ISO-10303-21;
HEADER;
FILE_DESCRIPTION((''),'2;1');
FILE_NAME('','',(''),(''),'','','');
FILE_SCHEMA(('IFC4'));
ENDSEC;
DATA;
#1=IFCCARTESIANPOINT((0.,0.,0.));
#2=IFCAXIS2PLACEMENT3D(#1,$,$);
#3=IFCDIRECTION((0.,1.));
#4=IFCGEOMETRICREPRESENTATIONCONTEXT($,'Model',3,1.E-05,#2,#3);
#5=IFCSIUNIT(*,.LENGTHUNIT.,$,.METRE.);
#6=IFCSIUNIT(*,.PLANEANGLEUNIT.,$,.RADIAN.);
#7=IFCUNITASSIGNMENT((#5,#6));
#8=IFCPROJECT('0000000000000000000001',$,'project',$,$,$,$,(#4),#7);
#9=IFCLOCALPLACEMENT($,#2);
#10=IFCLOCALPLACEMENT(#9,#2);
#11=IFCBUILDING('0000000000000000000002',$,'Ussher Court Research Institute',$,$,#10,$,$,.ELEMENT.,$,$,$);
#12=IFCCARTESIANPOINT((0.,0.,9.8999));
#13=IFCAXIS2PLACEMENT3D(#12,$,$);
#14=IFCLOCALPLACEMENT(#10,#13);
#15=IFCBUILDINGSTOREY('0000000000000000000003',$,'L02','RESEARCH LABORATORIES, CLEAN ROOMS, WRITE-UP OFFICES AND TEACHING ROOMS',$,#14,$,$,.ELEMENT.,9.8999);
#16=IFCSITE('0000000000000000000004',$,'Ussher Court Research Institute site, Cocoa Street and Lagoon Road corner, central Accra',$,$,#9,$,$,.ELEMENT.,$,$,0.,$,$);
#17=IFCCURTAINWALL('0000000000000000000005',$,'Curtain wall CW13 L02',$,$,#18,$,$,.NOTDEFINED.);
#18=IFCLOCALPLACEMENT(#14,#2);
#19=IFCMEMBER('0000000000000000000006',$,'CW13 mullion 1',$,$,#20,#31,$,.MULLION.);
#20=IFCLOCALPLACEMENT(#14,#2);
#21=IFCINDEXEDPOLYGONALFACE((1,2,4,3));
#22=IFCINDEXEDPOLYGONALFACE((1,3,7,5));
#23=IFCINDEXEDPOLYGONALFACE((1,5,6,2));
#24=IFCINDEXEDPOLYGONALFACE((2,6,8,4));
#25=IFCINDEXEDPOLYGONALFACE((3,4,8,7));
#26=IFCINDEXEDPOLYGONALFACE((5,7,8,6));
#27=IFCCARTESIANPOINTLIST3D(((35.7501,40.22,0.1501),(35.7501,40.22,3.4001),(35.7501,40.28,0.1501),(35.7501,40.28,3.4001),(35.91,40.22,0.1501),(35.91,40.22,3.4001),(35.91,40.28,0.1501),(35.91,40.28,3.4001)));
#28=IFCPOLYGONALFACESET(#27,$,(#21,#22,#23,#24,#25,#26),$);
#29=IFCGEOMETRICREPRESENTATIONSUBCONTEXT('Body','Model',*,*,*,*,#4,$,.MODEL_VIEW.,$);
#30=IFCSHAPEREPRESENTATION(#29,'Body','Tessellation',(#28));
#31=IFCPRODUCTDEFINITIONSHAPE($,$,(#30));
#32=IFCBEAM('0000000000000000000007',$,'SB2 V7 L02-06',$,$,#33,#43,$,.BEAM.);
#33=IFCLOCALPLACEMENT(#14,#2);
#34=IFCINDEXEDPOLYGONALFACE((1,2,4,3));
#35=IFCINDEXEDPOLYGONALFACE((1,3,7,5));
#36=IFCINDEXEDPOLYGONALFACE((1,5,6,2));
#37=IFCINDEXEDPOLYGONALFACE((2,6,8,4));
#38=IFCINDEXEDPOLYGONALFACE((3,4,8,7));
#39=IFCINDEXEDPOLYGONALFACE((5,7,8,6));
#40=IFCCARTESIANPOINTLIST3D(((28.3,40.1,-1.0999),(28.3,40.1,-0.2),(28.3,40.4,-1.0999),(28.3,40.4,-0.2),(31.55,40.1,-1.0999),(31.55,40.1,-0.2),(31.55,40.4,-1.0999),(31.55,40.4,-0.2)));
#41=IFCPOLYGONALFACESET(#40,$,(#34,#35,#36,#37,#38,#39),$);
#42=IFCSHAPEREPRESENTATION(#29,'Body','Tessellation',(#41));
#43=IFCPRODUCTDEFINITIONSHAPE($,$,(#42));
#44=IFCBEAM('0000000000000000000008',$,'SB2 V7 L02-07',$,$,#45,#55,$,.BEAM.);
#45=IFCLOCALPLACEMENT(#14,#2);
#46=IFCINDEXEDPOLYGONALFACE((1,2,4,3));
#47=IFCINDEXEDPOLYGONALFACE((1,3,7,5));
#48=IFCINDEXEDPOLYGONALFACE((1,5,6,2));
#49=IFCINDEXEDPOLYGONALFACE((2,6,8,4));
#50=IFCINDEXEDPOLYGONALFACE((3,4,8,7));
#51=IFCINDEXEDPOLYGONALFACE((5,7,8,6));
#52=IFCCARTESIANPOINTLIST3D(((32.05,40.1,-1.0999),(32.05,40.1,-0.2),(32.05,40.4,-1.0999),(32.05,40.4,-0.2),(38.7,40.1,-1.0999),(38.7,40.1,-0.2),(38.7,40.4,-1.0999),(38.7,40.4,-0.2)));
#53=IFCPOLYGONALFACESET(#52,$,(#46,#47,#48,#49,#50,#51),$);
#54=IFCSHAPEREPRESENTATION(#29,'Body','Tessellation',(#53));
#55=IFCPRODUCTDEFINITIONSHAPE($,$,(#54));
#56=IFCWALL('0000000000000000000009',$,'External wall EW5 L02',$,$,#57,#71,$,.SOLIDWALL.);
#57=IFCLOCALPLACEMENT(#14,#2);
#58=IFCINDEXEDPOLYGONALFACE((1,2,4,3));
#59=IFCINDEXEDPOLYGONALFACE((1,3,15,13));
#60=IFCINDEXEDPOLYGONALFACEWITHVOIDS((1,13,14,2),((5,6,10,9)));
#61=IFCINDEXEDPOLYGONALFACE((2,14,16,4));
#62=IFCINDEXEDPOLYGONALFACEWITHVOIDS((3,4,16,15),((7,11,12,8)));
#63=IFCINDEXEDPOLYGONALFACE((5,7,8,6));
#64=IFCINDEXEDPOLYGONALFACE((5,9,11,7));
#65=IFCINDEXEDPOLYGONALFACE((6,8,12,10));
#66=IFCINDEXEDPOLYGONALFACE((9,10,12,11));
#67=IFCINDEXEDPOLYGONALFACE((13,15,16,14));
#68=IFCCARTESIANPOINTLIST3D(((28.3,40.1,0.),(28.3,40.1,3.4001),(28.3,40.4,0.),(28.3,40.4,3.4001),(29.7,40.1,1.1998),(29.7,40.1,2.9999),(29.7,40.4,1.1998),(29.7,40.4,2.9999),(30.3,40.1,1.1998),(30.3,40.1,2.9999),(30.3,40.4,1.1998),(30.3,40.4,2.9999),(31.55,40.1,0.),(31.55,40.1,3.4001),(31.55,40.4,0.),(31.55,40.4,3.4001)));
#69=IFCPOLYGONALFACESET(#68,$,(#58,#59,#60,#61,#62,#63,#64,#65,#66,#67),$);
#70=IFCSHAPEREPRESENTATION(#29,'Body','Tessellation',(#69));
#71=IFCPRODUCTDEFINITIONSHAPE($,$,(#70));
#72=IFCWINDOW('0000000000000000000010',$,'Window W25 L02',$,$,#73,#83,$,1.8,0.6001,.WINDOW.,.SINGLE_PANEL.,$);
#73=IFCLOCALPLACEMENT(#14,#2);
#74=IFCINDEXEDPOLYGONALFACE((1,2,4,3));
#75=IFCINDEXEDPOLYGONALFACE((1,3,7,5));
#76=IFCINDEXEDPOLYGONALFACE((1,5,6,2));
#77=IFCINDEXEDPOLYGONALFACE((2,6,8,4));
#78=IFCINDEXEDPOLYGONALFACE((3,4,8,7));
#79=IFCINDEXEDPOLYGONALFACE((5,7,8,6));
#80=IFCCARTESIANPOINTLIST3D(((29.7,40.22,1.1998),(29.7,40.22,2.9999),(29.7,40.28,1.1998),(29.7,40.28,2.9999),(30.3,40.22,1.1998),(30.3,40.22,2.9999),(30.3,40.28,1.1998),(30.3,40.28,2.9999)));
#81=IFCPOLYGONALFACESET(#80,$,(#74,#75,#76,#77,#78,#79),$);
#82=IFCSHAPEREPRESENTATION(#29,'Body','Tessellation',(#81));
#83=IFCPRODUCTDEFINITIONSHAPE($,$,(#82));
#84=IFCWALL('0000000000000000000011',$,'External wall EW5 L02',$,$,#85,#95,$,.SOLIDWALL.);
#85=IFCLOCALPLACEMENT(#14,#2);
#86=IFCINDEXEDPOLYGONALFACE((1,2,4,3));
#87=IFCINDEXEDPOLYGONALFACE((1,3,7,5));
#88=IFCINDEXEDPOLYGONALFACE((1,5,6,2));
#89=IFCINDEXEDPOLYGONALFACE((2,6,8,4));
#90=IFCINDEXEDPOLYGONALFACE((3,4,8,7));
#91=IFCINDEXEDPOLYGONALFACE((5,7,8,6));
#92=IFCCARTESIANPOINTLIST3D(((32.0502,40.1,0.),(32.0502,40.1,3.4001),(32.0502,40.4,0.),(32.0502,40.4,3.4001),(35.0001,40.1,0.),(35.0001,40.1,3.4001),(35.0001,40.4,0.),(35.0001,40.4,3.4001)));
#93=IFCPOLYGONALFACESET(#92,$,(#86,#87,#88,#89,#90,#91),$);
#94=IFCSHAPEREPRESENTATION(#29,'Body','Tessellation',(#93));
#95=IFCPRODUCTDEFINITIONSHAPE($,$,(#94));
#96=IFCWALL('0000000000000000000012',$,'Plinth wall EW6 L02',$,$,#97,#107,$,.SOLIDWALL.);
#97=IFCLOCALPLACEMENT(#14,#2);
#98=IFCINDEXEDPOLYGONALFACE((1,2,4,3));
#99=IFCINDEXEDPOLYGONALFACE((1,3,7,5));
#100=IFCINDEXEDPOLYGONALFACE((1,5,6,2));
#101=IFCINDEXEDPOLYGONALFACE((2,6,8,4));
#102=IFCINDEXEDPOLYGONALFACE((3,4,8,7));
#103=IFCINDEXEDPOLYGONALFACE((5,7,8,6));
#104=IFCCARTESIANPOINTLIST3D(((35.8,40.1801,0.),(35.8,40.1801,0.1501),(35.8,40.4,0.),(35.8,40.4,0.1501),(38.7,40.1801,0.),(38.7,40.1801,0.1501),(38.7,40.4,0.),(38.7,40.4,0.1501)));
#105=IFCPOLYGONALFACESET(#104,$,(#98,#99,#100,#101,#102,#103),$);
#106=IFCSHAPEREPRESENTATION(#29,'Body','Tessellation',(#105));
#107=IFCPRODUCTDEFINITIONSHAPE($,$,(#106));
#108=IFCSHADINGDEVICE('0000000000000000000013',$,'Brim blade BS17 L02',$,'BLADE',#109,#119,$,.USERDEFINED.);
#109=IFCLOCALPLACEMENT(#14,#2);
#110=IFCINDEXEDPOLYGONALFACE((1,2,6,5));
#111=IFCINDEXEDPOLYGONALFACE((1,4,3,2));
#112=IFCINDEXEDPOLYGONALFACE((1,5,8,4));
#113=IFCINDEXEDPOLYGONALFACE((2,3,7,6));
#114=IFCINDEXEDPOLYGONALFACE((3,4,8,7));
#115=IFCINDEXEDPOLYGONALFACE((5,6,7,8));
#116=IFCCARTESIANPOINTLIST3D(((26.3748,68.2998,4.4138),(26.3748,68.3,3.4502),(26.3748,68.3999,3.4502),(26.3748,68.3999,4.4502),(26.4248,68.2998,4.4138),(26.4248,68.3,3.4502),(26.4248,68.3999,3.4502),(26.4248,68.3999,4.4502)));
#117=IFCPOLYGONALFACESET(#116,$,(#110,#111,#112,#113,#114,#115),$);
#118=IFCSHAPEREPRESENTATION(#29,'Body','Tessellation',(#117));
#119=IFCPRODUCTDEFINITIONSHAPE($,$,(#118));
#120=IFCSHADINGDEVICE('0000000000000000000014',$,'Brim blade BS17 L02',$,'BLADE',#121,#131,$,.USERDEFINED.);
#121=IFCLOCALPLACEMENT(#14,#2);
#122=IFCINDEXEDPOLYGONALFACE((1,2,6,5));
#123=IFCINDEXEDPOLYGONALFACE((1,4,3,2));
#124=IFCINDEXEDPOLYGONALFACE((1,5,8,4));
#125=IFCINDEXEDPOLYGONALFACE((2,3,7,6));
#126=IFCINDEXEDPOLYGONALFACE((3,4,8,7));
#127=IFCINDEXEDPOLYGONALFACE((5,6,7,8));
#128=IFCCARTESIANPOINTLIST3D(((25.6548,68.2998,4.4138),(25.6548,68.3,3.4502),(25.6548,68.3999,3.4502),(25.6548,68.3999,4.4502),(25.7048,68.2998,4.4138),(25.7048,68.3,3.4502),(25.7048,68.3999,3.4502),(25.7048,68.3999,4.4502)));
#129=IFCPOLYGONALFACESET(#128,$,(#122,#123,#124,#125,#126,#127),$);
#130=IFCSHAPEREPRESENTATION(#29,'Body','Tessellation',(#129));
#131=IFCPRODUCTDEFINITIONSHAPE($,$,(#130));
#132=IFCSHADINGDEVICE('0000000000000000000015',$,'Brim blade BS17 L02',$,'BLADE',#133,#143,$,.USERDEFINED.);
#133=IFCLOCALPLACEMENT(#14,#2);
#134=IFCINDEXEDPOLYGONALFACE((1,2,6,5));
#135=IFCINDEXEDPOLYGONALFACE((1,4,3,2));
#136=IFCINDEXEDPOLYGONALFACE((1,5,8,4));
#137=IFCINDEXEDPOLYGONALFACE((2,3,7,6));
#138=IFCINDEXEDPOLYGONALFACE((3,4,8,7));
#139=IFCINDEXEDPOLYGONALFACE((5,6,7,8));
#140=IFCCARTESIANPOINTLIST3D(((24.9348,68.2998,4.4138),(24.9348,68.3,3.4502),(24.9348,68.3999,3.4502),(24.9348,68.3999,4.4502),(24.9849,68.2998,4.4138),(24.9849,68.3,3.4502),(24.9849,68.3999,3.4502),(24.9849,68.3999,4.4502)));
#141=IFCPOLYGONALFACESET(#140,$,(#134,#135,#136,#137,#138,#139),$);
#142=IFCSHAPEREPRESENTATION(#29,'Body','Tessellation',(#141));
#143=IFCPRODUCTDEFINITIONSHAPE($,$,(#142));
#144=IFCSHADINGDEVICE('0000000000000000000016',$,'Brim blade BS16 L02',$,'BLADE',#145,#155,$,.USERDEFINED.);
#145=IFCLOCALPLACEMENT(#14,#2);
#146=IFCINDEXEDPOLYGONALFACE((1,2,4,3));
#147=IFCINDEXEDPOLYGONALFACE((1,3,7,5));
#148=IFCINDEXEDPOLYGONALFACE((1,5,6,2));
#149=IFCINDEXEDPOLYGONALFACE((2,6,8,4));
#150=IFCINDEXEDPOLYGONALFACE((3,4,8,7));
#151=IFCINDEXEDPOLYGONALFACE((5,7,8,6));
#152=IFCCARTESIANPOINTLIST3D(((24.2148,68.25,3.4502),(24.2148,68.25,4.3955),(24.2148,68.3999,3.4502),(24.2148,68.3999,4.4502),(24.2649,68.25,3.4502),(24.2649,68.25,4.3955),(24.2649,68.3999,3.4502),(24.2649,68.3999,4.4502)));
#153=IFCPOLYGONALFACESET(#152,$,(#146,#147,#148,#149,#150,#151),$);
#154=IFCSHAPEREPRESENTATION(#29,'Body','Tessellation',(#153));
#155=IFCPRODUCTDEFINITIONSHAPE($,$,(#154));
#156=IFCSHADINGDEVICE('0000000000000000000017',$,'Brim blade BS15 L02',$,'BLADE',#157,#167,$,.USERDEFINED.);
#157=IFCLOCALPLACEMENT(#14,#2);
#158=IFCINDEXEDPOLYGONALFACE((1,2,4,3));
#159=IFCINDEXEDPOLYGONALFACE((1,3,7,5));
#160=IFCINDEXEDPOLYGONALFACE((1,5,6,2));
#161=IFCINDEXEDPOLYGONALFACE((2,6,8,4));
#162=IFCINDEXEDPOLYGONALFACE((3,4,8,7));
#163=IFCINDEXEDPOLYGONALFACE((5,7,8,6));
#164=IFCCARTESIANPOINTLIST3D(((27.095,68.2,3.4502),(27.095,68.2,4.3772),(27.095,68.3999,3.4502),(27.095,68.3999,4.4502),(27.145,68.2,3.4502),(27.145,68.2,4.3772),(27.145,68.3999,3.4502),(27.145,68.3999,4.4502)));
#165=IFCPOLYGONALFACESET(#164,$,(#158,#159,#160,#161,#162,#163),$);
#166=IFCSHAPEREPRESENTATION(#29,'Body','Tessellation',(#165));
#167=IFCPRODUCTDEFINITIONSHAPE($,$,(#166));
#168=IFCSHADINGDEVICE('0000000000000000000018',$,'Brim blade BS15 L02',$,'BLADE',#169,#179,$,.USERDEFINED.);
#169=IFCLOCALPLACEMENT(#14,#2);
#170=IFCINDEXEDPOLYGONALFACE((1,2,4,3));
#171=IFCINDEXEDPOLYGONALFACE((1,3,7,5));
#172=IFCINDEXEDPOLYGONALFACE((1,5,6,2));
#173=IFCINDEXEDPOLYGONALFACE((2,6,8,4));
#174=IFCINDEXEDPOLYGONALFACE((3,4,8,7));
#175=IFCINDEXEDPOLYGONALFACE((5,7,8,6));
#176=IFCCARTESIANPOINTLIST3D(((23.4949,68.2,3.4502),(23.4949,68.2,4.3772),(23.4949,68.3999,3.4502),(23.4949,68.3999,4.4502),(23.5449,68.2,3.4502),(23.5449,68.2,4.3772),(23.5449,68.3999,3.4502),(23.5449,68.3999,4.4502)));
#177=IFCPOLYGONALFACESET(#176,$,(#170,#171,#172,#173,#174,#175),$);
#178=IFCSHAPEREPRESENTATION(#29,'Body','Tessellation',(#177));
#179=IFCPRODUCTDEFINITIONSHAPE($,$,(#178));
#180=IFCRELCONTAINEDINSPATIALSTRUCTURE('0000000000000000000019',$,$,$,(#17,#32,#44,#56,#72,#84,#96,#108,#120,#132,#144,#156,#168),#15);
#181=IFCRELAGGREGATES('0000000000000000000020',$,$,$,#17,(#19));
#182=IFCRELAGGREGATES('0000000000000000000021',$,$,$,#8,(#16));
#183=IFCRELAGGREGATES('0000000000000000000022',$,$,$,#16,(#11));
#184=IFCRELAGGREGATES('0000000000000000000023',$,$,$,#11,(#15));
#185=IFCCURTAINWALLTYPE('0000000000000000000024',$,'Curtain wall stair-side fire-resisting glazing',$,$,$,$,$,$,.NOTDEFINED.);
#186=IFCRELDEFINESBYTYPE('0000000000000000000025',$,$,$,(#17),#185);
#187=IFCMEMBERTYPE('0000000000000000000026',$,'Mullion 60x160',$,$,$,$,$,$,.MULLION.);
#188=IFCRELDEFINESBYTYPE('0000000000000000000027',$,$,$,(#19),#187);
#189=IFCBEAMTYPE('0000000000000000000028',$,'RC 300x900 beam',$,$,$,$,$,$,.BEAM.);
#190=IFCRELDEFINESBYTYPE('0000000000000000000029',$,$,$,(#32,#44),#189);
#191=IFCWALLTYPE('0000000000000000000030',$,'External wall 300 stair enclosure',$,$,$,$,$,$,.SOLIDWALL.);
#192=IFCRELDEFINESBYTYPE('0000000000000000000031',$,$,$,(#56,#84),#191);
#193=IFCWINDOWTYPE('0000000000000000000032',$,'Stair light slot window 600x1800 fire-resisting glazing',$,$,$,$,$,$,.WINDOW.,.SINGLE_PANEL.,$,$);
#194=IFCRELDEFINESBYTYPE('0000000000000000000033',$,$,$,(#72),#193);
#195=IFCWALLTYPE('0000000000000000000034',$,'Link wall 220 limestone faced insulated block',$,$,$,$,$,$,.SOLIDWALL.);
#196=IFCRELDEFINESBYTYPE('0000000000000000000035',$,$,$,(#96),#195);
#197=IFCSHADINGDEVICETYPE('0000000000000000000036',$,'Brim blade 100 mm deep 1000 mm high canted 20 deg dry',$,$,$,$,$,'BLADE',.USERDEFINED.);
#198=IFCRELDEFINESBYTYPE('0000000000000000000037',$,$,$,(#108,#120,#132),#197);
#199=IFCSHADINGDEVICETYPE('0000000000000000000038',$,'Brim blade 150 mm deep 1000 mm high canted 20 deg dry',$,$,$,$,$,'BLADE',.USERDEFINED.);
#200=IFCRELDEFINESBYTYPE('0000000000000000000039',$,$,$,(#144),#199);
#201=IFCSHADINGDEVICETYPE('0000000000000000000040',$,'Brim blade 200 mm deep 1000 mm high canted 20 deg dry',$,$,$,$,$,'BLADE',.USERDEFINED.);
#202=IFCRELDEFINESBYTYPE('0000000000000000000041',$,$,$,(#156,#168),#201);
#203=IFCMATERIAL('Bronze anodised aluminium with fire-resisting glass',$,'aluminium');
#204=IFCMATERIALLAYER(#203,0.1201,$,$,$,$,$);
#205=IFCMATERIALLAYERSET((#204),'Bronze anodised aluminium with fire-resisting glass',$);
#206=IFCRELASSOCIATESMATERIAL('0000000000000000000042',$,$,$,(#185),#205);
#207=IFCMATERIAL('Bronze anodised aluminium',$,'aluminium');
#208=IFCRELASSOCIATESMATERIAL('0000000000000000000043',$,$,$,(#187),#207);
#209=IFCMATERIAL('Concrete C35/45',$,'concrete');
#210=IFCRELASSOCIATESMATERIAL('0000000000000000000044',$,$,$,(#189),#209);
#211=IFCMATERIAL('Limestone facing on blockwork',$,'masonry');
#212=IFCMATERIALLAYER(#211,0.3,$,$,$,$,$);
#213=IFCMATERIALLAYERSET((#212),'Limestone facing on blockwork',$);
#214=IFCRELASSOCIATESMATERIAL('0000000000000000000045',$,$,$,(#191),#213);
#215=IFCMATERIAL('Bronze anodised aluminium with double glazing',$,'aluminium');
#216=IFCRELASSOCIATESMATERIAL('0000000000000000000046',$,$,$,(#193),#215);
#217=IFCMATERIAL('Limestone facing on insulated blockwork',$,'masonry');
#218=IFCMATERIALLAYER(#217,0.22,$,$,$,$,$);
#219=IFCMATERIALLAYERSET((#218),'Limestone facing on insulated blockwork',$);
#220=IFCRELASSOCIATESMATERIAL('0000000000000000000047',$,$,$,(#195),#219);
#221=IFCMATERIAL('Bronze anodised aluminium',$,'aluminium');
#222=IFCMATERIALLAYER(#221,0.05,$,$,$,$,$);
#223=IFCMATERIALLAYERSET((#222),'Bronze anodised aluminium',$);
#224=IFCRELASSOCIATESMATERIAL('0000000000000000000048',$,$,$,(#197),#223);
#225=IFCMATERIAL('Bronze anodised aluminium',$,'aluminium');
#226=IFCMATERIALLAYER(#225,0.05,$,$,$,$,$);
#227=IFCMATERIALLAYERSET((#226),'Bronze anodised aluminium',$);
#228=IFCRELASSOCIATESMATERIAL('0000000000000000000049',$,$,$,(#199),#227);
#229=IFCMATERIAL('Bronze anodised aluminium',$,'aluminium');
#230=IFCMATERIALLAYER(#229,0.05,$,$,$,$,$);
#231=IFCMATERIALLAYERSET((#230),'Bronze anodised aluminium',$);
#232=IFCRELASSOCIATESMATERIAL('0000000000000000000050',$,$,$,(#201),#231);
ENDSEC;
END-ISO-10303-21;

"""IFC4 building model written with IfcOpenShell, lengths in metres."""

from ifc_helpers import new_model, si_unit, direction, frame, frame_2d, origin, origin_2d, place, context, subcontext, project, spatial, polyline, rectangle, outline, extrude, material, layer, layer_set, material_profile, profile_set, type_object, element, fill, aggregate, save


model = new_model("IFC4")

# Units and contexts
model_context = context("Model", 3, precision=1e-05, world=origin(), true_north=direction((0.0, 1.0)))
body_context = subcontext(model_context, "Body", "Model", "MODEL_VIEW")
ifc_project = project(units=[si_unit("LENGTHUNIT", "METRE"), si_unit("PLANEANGLEUNIT", "RADIAN")], contexts=[model_context])

# Site, building, storey
site_placement = place(None, origin())
site = spatial("IfcSite", under=ifc_project, at=site_placement, Name="Ussher Court Research Institute site, Cocoa Street and Lagoon Road corner, central Accra", CompositionType="ELEMENT", RefElevation=0.0)
building_placement = place(site_placement, origin())
building = spatial("IfcBuilding", under=site, at=building_placement, Name="Ussher Court Research Institute", CompositionType="ELEMENT")
storey_placement = place(building_placement, frame((0.0, 0.0, 9.8999)))
storey = spatial("IfcBuildingStorey", under=building, at=storey_placement, Name="L02", Description="RESEARCH LABORATORIES, CLEAN ROOMS, WRITE-UP OFFICES AND TEACHING ROOMS", CompositionType="ELEMENT", Elevation=9.8999)

# Curtain wall, member
ifc_material_1 = material(Name="Bronze anodised aluminium with fire-resisting glass", Category="aluminium")
ifc_layer_1 = layer(ifc_material_1, 0.1201)
ifc_layer_set_1 = layer_set([ifc_layer_1], Name="Bronze anodised aluminium with fire-resisting glass")
curtain_wall_type = type_object("IfcCurtainWallType", Name="Curtain wall stair-side fire-resisting glazing", PredefinedType="NOTDEFINED", material=ifc_layer_set_1)
curtain_wall_placement = place(storey_placement, origin())
curtain_wall = element("IfcCurtainWall", 1, at=curtain_wall_placement, inside=storey, type_object=curtain_wall_type, Name="Curtain wall CW13 L02", PredefinedType="NOTDEFINED")
ifc_material_2 = material(Name="Bronze anodised aluminium", Category="aluminium")
ifc_material_profile_1 = material_profile(ifc_material_2, rectangle(XDim=0.0601, YDim=0.1599, at=origin_2d()), Name="Mullion 60x160")
ifc_profile_set_1 = profile_set([ifc_material_profile_1], Name="Bronze anodised aluminium")
member_type = type_object("IfcMemberType", Name="Mullion 60x160", PredefinedType="MULLION", material=ifc_profile_set_1)
member_placement = place(storey_placement, frame((35.8301, 40.25, 0.1501), z_axis=(0.0, 0.0, 1.0), x_axis=(0.0, 1.0, 0.0)))
member = element("IfcMember", 2, at=member_placement, type_object=member_type, Name="CW13 mullion 1", PredefinedType="MULLION", context=body_context, shape_type="SweptSolid", body=[
    extrude(rectangle(XDim=0.0601, YDim=0.1599, at=origin_2d()), origin(), (0.0, 0.0, 1.0), 3.25),
])
aggregate(curtain_wall, [member])

# Beams
ifc_material_3 = material(Name="Concrete C35/45", Category="concrete")
ifc_material_profile_2 = material_profile(ifc_material_3, rectangle(XDim=0.3, YDim=0.8999, at=origin_2d()), Name="RC 300x900")
ifc_profile_set_2 = profile_set([ifc_material_profile_2], Name="Concrete C35/45")
beam_type = type_object("IfcBeamType", Name="RC 300x900 beam", PredefinedType="BEAM", material=ifc_profile_set_2)
beam_1_placement = place(storey_placement, frame((28.3, 40.25, -0.6499), z_axis=(1.0, 0.0, 0.0), x_axis=(0.0, 1.0, 0.0)))
element("IfcBeam", 3, at=beam_1_placement, inside=storey, type_object=beam_type, Name="SB2 V7 L02-06", PredefinedType="BEAM", context=body_context, shape_type="SweptSolid", body=[
    extrude(rectangle(XDim=0.3, YDim=0.8999, at=origin_2d()), origin(), (0.0, 0.0, 1.0), 3.25),
])
beam_2_placement = place(storey_placement, frame((32.05, 40.25, -0.6499), z_axis=(1.0, 0.0, 0.0), x_axis=(0.0, 1.0, 0.0)))
element("IfcBeam", 4, at=beam_2_placement, inside=storey, type_object=beam_type, Name="SB2 V7 L02-07", PredefinedType="BEAM", context=body_context, shape_type="SweptSolid", body=[
    extrude(rectangle(XDim=0.3, YDim=0.8999, at=origin_2d()), origin(), (0.0, 0.0, 1.0), 6.6499),
])

# Wall, opening, window
ifc_material_4 = material(Name="Limestone facing on blockwork", Category="masonry")
ifc_layer_2 = layer(ifc_material_4, 0.3)
ifc_layer_set_2 = layer_set([ifc_layer_2], Name="Limestone facing on blockwork")
wall_type_1 = type_object("IfcWallType", Name="External wall 300 stair enclosure", PredefinedType="SOLIDWALL", material=ifc_layer_set_2)
wall_1_placement = place(storey_placement, frame((28.3, 40.25, 0.0), z_axis=(0.0, 0.0, 1.0), x_axis=(1.0, 0.0, 0.0)))
wall_1 = element("IfcWall", 5, at=wall_1_placement, inside=storey, type_object=wall_type_1, Name="External wall EW5 L02", PredefinedType="SOLIDWALL", context=body_context, shape_type="SweptSolid", body=[
    extrude(rectangle(XDim=3.25, YDim=0.3, at=frame_2d((1.625, 0.0))), origin(), (0.0, 0.0, 1.0), 3.4001),
])
opening_placement = place(wall_1_placement, frame((1.3999, 0.0, 1.2)))
opening = element("IfcOpeningElement", 6, at=opening_placement, cuts=wall_1, PredefinedType="OPENING", context=body_context, shape_type="SweptSolid", body=[
    extrude(rectangle(XDim=0.6001, YDim=1.8, at=frame_2d((0.3, 0.8999))), frame((0.0, 0.1602, 0.0), z_axis=(0.0, -1.0, 0.0), x_axis=(1.0, 0.0, 0.0)), (0.0, 0.0, 1.0), 0.3201),
])
ifc_material_5 = material(Name="Bronze anodised aluminium with double glazing", Category="aluminium")
window_type = type_object("IfcWindowType", Name="Stair light slot window 600x1800 fire-resisting glazing", PartitioningType="SINGLE_PANEL", PredefinedType="WINDOW", material=ifc_material_5)
window_placement = place(opening_placement, origin())
window = element("IfcWindow", 7, at=window_placement, inside=storey, type_object=window_type, Name="Window W25 L02", OverallHeight=1.8, OverallWidth=0.6001, PartitioningType="SINGLE_PANEL", PredefinedType="WINDOW", context=body_context, shape_type="SweptSolid", body=[
    extrude(rectangle(XDim=0.6001, YDim=1.8, at=frame_2d((0.3, 0.8999))), frame((0.0, 0.03, 0.0), z_axis=(0.0, -1.0, 0.0), x_axis=(1.0, 0.0, 0.0)), (0.0, 0.0, 1.0), 0.0601),
])
fill(opening, window)

# Walls
wall_2_placement = place(storey_placement, frame((32.05, 40.25, 0.0), z_axis=(0.0, 0.0, 1.0), x_axis=(1.0, 0.0, 0.0)))
element("IfcWall", 8, at=wall_2_placement, inside=storey, type_object=wall_type_1, Name="External wall EW5 L02", PredefinedType="SOLIDWALL", context=body_context, shape_type="SweptSolid", body=[
    extrude(rectangle(XDim=2.95, YDim=0.3, at=frame_2d((1.4751, 0.0))), origin(), (0.0, 0.0, 1.0), 3.4001),
])
ifc_material_6 = material(Name="Limestone facing on insulated blockwork", Category="masonry")
ifc_layer_3 = layer(ifc_material_6, 0.22)
ifc_layer_set_3 = layer_set([ifc_layer_3], Name="Limestone facing on insulated blockwork")
wall_type_2 = type_object("IfcWallType", Name="Link wall 220 limestone faced insulated block", PredefinedType="SOLIDWALL", material=ifc_layer_set_3)
wall_3_placement = place(storey_placement, frame((35.8, 40.29, 0.0), z_axis=(0.0, 0.0, 1.0), x_axis=(1.0, 0.0, 0.0)))
element("IfcWall", 9, at=wall_3_placement, inside=storey, type_object=wall_type_2, Name="Plinth wall EW6 L02", PredefinedType="SOLIDWALL", context=body_context, shape_type="SweptSolid", body=[
    extrude(rectangle(XDim=2.8999, YDim=0.22, at=frame_2d((1.45, 0.0))), origin(), (0.0, 0.0, 1.0), 0.1501),
])

# Shading devices
ifc_material_7 = material(Name="Bronze anodised aluminium", Category="aluminium")
ifc_layer_4 = layer(ifc_material_7, 0.05)
ifc_layer_set_4 = layer_set([ifc_layer_4], Name="Bronze anodised aluminium")
shading_device_type_1 = type_object("IfcShadingDeviceType", Name="Brim blade 100 mm deep 1000 mm high canted 20 deg dry", ElementType="BLADE", PredefinedType="USERDEFINED", material=ifc_layer_set_4)
for number, where, z_axis, x_axis, name in (
    (10, (26.3999, 68.3999, 3.4502), (0.0, 0.0, 1.0), (0.0, -1.0, 0.0), "Brim blade BS17 L02"),
    (11, (25.6799, 68.3999, 3.4502), (0.0, 0.0, 1.0), (0.0, -1.0, 0.0), "Brim blade BS17 L02"),
    (12, (24.96, 68.3999, 3.4502), (0.0, 0.0, 1.0), (0.0, -1.0, 0.0), "Brim blade BS17 L02"),
):
    element("IfcShadingDevice", number, at=place(storey_placement, frame(where, z_axis=z_axis, x_axis=x_axis)), inside=storey, type_object=shading_device_type_1, Name=name, ObjectType="BLADE", PredefinedType="USERDEFINED", context=body_context, shape_type="SweptSolid", body=[
        extrude(outline(polyline([(0.0, 0.0), (0.0999, 0.0), (0.1001, 0.9636), (0.0, 1.0), (0.0, 0.0)])), frame((0.0, 0.0249, 0.0), z_axis=(0.0, -1.0, 0.0), x_axis=(1.0, 0.0, 0.0)), (0.0, 0.0, 1.0), 0.05),
    ])
ifc_material_8 = material(Name="Bronze anodised aluminium", Category="aluminium")
ifc_layer_5 = layer(ifc_material_8, 0.05)
ifc_layer_set_5 = layer_set([ifc_layer_5], Name="Bronze anodised aluminium")
shading_device_type_2 = type_object("IfcShadingDeviceType", Name="Brim blade 150 mm deep 1000 mm high canted 20 deg dry", ElementType="BLADE", PredefinedType="USERDEFINED", material=ifc_layer_set_5)
shading_device_1_placement = place(storey_placement, frame((24.24, 68.3999, 3.4502), z_axis=(0.0, 0.0, 1.0), x_axis=(0.0, -1.0, 0.0)))
element("IfcShadingDevice", 13, at=shading_device_1_placement, inside=storey, type_object=shading_device_type_2, Name="Brim blade BS16 L02", ObjectType="BLADE", PredefinedType="USERDEFINED", context=body_context, shape_type="SweptSolid", body=[
    extrude(outline(polyline([(0.0, 0.0), (0.1499, 0.0), (0.1499, 0.9453), (0.0, 1.0), (0.0, 0.0)])), frame((0.0, 0.0249, 0.0), z_axis=(0.0, -1.0, 0.0), x_axis=(1.0, 0.0, 0.0)), (0.0, 0.0, 1.0), 0.05),
])
ifc_material_9 = material(Name="Bronze anodised aluminium", Category="aluminium")
ifc_layer_6 = layer(ifc_material_9, 0.05)
ifc_layer_set_6 = layer_set([ifc_layer_6], Name="Bronze anodised aluminium")
shading_device_type_3 = type_object("IfcShadingDeviceType", Name="Brim blade 200 mm deep 1000 mm high canted 20 deg dry", ElementType="BLADE", PredefinedType="USERDEFINED", material=ifc_layer_set_6)
for number, where, z_axis, x_axis, name in (
    (14, (27.1201, 68.3999, 3.4502), (0.0, 0.0, 1.0), (0.0, -1.0, 0.0), "Brim blade BS15 L02"),
    (15, (23.52, 68.3999, 3.4502), (0.0, 0.0, 1.0), (0.0, -1.0, 0.0), "Brim blade BS15 L02"),
):
    element("IfcShadingDevice", number, at=place(storey_placement, frame(where, z_axis=z_axis, x_axis=x_axis)), inside=storey, type_object=shading_device_type_3, Name=name, ObjectType="BLADE", PredefinedType="USERDEFINED", context=body_context, shape_type="SweptSolid", body=[
        extrude(outline(polyline([(0.0, 0.0), (0.2, 0.0), (0.2, 0.927), (0.0, 1.0), (0.0, 0.0)])), frame((0.0, 0.0249, 0.0), z_axis=(0.0, -1.0, 0.0), x_axis=(1.0, 0.0, 0.0)), (0.0, 0.0, 1.0), 0.05),
    ])

save(model, "model.ifc")
